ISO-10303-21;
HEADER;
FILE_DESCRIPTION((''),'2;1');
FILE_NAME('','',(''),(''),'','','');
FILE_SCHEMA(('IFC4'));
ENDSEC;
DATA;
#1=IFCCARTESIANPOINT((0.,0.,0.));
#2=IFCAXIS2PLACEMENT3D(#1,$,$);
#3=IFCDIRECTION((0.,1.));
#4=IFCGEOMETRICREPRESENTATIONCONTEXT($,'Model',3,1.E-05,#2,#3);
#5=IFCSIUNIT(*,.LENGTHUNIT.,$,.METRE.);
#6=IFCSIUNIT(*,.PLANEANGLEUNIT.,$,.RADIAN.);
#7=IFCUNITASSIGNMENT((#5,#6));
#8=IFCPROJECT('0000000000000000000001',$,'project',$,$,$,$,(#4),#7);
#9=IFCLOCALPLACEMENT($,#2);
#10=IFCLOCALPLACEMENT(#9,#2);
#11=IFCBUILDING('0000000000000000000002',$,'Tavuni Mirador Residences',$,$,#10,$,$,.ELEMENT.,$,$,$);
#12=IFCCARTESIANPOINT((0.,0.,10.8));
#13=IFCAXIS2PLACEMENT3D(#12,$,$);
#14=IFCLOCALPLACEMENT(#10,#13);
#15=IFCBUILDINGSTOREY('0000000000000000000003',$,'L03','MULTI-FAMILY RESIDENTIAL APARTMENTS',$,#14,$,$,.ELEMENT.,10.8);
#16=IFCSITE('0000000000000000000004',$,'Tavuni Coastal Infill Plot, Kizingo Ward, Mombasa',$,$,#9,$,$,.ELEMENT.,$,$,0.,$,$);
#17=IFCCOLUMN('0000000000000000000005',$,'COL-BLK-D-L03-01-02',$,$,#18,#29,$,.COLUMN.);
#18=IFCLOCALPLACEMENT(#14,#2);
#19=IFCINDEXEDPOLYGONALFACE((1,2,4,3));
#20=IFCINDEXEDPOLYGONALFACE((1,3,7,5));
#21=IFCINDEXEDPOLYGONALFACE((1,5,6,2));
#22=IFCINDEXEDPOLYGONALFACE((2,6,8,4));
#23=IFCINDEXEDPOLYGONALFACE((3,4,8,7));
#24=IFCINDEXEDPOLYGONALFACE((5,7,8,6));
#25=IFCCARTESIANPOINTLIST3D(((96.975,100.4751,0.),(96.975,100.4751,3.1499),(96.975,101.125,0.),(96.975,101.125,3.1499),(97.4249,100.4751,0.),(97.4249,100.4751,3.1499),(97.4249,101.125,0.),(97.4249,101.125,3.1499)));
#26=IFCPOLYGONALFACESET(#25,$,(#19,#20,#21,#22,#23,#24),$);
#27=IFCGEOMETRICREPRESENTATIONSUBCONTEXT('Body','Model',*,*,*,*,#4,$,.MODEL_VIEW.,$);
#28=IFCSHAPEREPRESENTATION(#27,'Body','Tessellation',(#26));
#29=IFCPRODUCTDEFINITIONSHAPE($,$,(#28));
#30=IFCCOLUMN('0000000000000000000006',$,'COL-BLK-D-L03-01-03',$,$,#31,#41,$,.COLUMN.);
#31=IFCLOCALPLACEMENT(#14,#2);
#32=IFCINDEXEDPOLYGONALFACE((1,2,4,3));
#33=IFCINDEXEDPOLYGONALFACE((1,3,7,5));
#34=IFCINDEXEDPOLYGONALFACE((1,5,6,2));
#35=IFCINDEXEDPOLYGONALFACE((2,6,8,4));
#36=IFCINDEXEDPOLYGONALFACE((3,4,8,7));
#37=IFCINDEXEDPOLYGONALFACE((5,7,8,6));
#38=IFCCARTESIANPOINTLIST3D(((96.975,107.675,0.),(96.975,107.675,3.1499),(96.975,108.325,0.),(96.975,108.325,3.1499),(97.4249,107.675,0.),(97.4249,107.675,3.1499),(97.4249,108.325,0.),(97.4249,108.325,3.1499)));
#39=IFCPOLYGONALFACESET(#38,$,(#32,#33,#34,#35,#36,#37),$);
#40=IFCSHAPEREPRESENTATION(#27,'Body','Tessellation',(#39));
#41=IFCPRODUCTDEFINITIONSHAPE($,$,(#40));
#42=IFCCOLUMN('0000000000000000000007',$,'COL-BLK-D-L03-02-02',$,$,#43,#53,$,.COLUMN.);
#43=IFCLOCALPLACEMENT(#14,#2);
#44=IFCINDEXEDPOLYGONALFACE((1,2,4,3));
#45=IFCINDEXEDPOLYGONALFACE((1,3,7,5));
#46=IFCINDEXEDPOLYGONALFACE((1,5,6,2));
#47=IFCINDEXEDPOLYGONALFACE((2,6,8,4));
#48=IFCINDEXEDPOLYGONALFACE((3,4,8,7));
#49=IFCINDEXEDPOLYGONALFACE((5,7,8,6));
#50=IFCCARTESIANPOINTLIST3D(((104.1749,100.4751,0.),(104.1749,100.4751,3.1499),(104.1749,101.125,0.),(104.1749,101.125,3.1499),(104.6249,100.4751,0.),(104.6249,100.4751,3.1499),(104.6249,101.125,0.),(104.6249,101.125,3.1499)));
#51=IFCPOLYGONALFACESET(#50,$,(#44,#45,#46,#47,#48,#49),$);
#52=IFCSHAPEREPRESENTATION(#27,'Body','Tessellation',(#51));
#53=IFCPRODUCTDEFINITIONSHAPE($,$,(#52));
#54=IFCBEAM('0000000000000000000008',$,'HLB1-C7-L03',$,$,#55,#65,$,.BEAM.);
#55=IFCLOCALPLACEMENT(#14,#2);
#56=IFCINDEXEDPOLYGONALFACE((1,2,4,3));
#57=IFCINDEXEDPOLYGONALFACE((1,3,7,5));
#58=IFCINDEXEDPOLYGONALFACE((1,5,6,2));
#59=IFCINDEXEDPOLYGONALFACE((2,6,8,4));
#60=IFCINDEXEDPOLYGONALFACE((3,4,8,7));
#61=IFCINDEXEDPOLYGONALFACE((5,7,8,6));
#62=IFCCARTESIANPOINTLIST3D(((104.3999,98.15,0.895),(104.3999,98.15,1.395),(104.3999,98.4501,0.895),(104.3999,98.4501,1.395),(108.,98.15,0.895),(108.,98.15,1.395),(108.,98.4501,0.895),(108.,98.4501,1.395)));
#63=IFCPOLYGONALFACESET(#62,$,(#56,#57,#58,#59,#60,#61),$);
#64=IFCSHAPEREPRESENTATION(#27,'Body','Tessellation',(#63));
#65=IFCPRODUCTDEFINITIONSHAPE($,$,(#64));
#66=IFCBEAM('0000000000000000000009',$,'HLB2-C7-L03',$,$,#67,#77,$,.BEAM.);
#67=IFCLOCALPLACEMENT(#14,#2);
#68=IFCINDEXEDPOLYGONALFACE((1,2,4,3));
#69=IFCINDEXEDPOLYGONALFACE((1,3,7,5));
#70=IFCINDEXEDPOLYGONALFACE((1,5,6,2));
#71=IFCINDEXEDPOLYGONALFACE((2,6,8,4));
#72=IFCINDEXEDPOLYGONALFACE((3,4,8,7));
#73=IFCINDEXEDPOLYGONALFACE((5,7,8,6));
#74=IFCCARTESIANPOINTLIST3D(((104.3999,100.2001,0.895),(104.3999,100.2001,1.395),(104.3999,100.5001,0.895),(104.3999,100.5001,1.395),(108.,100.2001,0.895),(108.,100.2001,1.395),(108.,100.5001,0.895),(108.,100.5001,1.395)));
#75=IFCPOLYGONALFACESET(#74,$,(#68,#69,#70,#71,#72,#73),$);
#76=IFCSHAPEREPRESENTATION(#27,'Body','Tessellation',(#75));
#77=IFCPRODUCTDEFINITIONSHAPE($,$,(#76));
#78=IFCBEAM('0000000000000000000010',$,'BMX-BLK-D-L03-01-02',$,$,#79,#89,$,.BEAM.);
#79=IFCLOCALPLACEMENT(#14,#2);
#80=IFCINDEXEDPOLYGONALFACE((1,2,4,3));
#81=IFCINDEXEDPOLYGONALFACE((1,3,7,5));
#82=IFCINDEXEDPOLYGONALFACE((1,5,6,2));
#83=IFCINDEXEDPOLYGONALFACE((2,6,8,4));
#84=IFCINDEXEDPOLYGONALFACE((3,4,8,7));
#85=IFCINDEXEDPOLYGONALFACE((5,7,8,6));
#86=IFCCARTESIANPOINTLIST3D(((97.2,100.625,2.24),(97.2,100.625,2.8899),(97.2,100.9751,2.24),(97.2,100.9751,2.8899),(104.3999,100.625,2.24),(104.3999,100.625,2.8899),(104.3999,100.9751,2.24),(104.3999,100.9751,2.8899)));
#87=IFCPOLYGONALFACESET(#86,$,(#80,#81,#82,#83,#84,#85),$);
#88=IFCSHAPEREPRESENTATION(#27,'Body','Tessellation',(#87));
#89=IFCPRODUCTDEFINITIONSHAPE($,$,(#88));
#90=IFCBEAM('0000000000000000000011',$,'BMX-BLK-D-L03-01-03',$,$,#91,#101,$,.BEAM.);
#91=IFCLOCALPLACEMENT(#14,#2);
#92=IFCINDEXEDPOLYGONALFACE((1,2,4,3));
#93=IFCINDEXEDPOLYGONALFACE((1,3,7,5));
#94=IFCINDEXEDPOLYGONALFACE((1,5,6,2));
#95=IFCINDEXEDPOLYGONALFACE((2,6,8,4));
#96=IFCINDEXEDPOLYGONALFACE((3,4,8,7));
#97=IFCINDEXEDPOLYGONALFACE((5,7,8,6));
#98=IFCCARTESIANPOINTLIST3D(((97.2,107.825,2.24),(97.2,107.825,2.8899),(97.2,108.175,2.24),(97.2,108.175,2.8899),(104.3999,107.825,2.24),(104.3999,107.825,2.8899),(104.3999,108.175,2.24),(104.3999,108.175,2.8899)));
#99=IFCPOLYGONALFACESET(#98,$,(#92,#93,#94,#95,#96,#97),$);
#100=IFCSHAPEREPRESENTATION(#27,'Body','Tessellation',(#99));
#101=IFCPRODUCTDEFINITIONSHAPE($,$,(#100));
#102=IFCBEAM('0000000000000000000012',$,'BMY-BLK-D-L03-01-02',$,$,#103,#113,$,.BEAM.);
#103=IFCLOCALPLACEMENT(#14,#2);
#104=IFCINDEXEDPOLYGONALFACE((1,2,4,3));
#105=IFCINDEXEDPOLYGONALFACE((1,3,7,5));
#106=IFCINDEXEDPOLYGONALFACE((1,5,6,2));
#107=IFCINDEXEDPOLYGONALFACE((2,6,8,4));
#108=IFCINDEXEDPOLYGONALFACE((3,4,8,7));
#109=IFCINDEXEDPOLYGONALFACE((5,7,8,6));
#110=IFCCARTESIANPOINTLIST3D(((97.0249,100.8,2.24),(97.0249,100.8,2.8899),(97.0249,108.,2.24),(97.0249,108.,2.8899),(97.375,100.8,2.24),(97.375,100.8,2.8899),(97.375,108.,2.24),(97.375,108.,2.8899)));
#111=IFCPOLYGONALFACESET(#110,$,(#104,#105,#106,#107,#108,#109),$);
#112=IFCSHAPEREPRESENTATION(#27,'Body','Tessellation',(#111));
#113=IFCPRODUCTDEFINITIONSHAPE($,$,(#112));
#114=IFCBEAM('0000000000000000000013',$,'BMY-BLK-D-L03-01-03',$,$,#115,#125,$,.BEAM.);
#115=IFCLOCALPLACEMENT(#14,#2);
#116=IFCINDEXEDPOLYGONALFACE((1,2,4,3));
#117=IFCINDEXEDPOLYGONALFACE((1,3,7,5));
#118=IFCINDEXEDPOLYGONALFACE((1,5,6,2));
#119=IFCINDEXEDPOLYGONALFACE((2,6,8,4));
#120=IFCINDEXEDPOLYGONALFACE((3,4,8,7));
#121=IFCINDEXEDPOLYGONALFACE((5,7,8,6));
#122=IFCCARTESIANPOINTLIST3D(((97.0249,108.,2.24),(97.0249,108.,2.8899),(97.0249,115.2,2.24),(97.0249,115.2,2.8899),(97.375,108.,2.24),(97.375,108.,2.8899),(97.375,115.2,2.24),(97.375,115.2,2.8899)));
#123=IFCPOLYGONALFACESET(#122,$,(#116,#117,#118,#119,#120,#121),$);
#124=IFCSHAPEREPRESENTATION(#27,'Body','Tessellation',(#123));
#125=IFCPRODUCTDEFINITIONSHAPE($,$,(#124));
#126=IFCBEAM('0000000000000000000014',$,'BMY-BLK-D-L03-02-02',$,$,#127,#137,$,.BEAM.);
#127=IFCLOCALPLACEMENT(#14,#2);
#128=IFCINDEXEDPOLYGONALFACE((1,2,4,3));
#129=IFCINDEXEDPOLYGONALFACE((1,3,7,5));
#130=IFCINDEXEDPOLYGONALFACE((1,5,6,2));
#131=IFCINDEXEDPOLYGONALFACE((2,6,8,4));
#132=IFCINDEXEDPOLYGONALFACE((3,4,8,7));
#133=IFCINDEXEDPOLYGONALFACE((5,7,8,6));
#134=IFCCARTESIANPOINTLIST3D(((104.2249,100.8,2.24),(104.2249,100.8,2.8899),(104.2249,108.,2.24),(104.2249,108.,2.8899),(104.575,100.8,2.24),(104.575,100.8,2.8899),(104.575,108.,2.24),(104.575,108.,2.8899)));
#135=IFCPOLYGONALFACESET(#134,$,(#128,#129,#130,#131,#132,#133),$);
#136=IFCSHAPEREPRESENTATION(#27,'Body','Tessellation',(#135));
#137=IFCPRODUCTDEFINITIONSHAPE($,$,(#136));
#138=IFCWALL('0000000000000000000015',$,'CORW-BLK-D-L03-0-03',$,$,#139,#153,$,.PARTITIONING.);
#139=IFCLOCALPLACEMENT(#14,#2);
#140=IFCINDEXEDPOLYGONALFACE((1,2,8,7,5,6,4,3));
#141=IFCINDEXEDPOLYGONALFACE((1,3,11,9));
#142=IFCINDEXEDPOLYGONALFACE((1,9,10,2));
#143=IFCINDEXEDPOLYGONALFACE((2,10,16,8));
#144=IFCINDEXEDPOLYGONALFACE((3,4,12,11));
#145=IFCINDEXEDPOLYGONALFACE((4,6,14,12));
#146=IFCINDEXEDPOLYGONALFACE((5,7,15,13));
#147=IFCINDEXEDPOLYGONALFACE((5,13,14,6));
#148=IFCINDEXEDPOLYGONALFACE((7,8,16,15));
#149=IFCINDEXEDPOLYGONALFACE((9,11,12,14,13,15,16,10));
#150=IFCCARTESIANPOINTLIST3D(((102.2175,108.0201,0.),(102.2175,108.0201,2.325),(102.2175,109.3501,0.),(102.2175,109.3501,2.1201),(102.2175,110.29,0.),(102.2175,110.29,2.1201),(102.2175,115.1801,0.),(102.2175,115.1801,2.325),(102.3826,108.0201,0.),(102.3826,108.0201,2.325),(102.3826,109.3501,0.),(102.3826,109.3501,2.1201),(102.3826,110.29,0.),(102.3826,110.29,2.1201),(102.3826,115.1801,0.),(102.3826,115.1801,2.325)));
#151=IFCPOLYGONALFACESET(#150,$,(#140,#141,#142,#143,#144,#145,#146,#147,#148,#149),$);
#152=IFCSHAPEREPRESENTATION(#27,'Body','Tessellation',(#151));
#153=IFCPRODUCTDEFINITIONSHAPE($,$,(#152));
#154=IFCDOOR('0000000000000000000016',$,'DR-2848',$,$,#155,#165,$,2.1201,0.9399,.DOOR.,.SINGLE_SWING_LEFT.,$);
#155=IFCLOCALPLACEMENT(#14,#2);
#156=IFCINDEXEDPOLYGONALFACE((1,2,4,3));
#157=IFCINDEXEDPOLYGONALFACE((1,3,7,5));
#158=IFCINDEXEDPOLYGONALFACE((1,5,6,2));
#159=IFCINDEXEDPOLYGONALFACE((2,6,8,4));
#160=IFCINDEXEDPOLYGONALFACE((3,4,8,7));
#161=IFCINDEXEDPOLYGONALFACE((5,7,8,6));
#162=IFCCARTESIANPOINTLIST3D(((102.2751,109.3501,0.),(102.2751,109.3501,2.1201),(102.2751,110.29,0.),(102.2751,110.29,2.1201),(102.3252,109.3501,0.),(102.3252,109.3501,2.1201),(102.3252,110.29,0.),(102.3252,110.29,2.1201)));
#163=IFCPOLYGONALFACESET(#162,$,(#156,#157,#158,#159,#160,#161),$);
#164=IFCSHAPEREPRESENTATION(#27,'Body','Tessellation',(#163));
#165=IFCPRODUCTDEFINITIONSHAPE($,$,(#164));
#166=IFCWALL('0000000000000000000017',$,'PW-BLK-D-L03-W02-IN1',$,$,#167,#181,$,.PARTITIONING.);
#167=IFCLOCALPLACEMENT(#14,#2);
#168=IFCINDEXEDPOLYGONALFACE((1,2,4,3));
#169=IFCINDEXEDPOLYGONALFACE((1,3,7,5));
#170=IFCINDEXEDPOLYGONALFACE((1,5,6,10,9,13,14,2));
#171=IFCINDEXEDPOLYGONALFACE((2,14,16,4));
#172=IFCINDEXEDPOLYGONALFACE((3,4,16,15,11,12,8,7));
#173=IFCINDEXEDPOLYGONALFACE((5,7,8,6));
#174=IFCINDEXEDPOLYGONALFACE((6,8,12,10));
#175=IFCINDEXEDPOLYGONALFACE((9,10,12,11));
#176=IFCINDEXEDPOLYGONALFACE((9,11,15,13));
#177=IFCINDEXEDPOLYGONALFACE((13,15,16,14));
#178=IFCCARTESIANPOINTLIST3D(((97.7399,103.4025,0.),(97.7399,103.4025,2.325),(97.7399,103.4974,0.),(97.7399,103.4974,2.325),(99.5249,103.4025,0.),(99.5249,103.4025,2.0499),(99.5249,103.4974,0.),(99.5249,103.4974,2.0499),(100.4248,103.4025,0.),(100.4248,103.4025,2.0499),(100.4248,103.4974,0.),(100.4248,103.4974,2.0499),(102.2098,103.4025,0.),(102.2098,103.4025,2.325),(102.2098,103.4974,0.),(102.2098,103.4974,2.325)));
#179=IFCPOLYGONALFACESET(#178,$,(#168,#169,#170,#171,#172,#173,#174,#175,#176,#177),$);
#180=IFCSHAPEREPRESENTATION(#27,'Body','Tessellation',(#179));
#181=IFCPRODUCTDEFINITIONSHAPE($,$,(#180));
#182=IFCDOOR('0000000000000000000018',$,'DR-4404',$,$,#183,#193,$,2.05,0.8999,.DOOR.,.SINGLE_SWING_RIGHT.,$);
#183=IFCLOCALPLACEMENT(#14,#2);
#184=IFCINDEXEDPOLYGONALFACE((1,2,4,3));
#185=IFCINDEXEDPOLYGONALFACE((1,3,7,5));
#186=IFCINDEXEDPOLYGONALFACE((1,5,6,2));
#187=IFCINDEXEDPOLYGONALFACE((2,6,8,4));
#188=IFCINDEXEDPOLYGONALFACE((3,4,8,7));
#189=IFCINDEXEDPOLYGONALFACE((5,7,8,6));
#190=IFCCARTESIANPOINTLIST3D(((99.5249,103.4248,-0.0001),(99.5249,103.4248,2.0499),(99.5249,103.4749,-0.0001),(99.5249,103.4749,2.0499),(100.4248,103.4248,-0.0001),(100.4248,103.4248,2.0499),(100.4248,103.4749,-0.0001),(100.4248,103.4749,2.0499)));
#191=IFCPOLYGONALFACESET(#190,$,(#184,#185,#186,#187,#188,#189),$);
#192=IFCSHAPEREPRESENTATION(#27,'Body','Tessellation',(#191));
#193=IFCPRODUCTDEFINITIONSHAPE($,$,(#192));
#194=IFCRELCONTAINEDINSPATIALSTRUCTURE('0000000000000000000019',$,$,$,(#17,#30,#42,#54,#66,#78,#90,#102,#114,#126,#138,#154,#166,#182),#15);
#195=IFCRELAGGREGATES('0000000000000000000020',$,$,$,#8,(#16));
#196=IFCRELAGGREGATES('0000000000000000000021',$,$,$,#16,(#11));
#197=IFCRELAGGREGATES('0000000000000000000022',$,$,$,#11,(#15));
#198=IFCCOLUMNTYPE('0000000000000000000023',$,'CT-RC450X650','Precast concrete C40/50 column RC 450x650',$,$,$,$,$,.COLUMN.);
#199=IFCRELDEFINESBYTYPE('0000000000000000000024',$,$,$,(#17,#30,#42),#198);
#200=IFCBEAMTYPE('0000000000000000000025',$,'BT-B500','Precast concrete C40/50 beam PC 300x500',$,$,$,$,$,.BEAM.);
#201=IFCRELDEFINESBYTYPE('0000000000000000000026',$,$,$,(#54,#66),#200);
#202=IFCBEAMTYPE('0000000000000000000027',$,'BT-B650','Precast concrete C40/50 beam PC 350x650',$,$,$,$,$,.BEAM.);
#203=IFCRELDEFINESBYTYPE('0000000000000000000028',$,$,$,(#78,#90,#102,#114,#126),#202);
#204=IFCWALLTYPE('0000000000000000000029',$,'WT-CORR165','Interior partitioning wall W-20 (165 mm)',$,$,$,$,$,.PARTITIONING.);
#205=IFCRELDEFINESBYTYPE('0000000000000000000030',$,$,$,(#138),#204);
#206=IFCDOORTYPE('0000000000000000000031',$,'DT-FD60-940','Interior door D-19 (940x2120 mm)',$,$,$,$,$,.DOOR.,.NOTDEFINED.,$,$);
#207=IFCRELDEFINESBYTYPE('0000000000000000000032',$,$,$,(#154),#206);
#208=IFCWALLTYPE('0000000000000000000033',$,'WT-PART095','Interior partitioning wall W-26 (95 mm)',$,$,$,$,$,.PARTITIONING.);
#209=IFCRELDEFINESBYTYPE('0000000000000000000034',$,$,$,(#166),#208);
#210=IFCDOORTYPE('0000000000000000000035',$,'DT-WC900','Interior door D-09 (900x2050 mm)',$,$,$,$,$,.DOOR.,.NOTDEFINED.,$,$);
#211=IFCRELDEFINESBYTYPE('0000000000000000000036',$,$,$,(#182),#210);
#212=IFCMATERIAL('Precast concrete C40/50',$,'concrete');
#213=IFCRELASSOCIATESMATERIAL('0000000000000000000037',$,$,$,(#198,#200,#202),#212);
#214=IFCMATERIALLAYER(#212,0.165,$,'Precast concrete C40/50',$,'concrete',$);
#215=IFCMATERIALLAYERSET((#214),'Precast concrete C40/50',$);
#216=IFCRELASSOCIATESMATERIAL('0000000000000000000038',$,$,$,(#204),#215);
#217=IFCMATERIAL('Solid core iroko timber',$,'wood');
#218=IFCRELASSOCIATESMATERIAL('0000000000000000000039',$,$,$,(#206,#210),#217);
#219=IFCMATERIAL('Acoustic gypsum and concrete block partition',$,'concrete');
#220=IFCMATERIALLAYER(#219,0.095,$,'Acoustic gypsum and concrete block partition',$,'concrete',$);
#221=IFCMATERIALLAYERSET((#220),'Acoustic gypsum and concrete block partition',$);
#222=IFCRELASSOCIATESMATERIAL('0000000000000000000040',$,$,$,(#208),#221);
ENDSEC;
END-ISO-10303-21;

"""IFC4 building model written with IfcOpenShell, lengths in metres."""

from ifc_helpers import new_model, si_unit, direction, frame, frame_2d, origin, origin_2d, place, context, subcontext, project, spatial, rectangle, extrude, material, layer, layer_set, material_profile, profile_set, type_object, element, fill, save


model = new_model("IFC4")

# Units and contexts
model_context = context("Model", 3, precision=1e-05, world=origin(), true_north=direction((0.0, 1.0)))
body_context = subcontext(model_context, "Body", "Model", "MODEL_VIEW")
ifc_project = project(units=[si_unit("LENGTHUNIT", "METRE"), si_unit("PLANEANGLEUNIT", "RADIAN")], contexts=[model_context])

# Site, building, storey
site_placement = place(None, origin())
site = spatial("IfcSite", under=ifc_project, at=site_placement, Name="Tavuni Coastal Infill Plot, Kizingo Ward, Mombasa", CompositionType="ELEMENT", RefElevation=0.0)
building_placement = place(site_placement, origin())
building = spatial("IfcBuilding", under=site, at=building_placement, Name="Tavuni Mirador Residences", CompositionType="ELEMENT")
storey_placement = place(building_placement, frame((0.0, 0.0, 10.8)))
storey = spatial("IfcBuildingStorey", under=building, at=storey_placement, Name="L03", Description="MULTI-FAMILY RESIDENTIAL APARTMENTS", CompositionType="ELEMENT", Elevation=10.8)

# Columns
ifc_material_1 = material(Name="Precast concrete C40/50", Category="concrete")
ifc_material_profile_1 = material_profile(ifc_material_1, rectangle(XDim=0.45, YDim=0.6499, at=origin_2d()), Name="RC 450x650", Category="concrete")
ifc_profile_set_1 = profile_set([ifc_material_profile_1], Name="Precast concrete C40/50")
column_type = type_object("IfcColumnType", Name="CT-RC450X650", Description="Precast concrete C40/50 column RC 450x650", PredefinedType="COLUMN", material=ifc_profile_set_1)
for number, where, z_axis, x_axis, name in (
    (1, (97.2, 100.8, 0.0), (0.0, 0.0, 1.0), (1.0, 0.0, 0.0), "COL-BLK-D-L03-01-02"),
    (2, (97.2, 108.0, 0.0), (0.0, 0.0, 1.0), (1.0, 0.0, 0.0), "COL-BLK-D-L03-01-03"),
    (3, (104.3999, 100.8, 0.0), (0.0, 0.0, 1.0), (1.0, 0.0, 0.0), "COL-BLK-D-L03-02-02"),
):
    element("IfcColumn", number, at=place(storey_placement, frame(where, z_axis=z_axis, x_axis=x_axis)), inside=storey, type_object=column_type, Name=name, PredefinedType="COLUMN", context=body_context, shape_type="SweptSolid", body=[
        extrude(rectangle(XDim=0.45, YDim=0.6499, at=origin_2d()), origin(), (0.0, 0.0, 1.0), 3.1499),
    ])

# Beams
ifc_material_profile_2 = material_profile(ifc_material_1, rectangle(XDim=0.3, YDim=0.5, at=origin_2d()), Name="PC 300x500", Category="concrete")
ifc_profile_set_2 = profile_set([ifc_material_profile_2], Name="Precast concrete C40/50")
beam_type_1 = type_object("IfcBeamType", Name="BT-B500", Description="Precast concrete C40/50 beam PC 300x500", PredefinedType="BEAM", material=ifc_profile_set_2)
for number, where, z_axis, x_axis, name in (
    (4, (104.3999, 98.3, 1.145), (1.0, 0.0, 0.0), (0.0, 1.0, 0.0), "HLB1-C7-L03"),
    (5, (104.3999, 100.3501, 1.145), (1.0, 0.0, 0.0), (0.0, 1.0, 0.0), "HLB2-C7-L03"),
):
    element("IfcBeam", number, at=place(storey_placement, frame(where, z_axis=z_axis, x_axis=x_axis)), inside=storey, type_object=beam_type_1, Name=name, PredefinedType="BEAM", context=body_context, shape_type="SweptSolid", body=[
        extrude(rectangle(XDim=0.3, YDim=0.5, at=origin_2d()), origin(), (0.0, 0.0, 1.0), 3.6001),
    ])
ifc_material_profile_3 = material_profile(ifc_material_1, rectangle(XDim=0.3501, YDim=0.6499, at=origin_2d()), Name="PC 350x650", Category="concrete")
ifc_profile_set_3 = profile_set([ifc_material_profile_3], Name="Precast concrete C40/50")
beam_type_2 = type_object("IfcBeamType", Name="BT-B650", Description="Precast concrete C40/50 beam PC 350x650", PredefinedType="BEAM", material=ifc_profile_set_3)
for number, where, z_axis, x_axis, name in (
    (6, (97.2, 100.8, 2.5649), (1.0, 0.0, 0.0), (0.0, 1.0, 0.0), "BMX-BLK-D-L03-01-02"),
    (7, (97.2, 108.0, 2.5649), (1.0, 0.0, 0.0), (0.0, 1.0, 0.0), "BMX-BLK-D-L03-01-03"),
    (8, (97.2, 100.8, 2.5649), (0.0, 1.0, 0.0), (-1.0, 0.0, 0.0), "BMY-BLK-D-L03-01-02"),
    (9, (97.2, 108.0, 2.5649), (0.0, 1.0, 0.0), (-1.0, 0.0, 0.0), "BMY-BLK-D-L03-01-03"),
    (10, (104.3999, 100.8, 2.5649), (0.0, 1.0, 0.0), (-1.0, 0.0, 0.0), "BMY-BLK-D-L03-02-02"),
):
    element("IfcBeam", number, at=place(storey_placement, frame(where, z_axis=z_axis, x_axis=x_axis)), inside=storey, type_object=beam_type_2, Name=name, PredefinedType="BEAM", context=body_context, shape_type="SweptSolid", body=[
        extrude(rectangle(XDim=0.3501, YDim=0.6499, at=origin_2d()), origin(), (0.0, 0.0, 1.0), 7.2),
    ])

# Walls, openings, doors
ifc_layer_1 = layer(ifc_material_1, 0.165, Name="Precast concrete C40/50", Category="concrete")
ifc_layer_set_1 = layer_set([ifc_layer_1], Name="Precast concrete C40/50")
wall_type_1 = type_object("IfcWallType", Name="WT-CORR165", Description="Interior partitioning wall W-20 (165 mm)", PredefinedType="PARTITIONING", material=ifc_layer_set_1)
ifc_material_2 = material(Name="Solid core iroko timber", Category="wood")
wall_1_placement = place(storey_placement, frame((102.3, 108.02, 0.0), z_axis=(0.0, 0.0, 1.0), x_axis=(0.0, 1.0, 0.0)))
wall_1 = element("IfcWall", 11, at=wall_1_placement, inside=storey, type_object=wall_type_1, Name="CORW-BLK-D-L03-0-03", PredefinedType="PARTITIONING", context=body_context, shape_type="SweptSolid", body=[
    extrude(rectangle(XDim=7.1599, YDim=0.165, at=frame_2d((3.5801, 0.0))), origin(), (0.0, 0.0, 1.0), 2.325),
])
opening_1_placement = place(wall_1_placement, frame((1.3301, 0.0, 0.0)))
opening_1 = element("IfcOpeningElement", 12, at=opening_1_placement, cuts=wall_1, PredefinedType="OPENING", context=body_context, shape_type="SweptSolid", body=[
    extrude(rectangle(XDim=0.9399, YDim=2.1201, at=frame_2d((0.47, 1.0601))), frame((0.0, 0.0925, 0.0), z_axis=(0.0, -1.0, 0.0), x_axis=(1.0, 0.0, 0.0)), (0.0, 0.0, 1.0), 0.1851),
])
door_type_1 = type_object("IfcDoorType", Name="DT-FD60-940", Description="Interior door D-19 (940x2120 mm)", OperationType="NOTDEFINED", PredefinedType="DOOR", material=ifc_material_2)
door_1_placement = place(opening_1_placement, origin())
door_1 = element("IfcDoor", 13, at=door_1_placement, inside=storey, type_object=door_type_1, Name="DR-2848", OperationType="SINGLE_SWING_LEFT", OverallHeight=2.1201, OverallWidth=0.9399, PredefinedType="DOOR", context=body_context, shape_type="SweptSolid", body=[
    extrude(rectangle(XDim=0.9399, YDim=2.1201, at=frame_2d((0.47, 1.0601))), frame((0.0, 0.0249, 0.0), z_axis=(0.0, -1.0, 0.0), x_axis=(1.0, 0.0, 0.0)), (0.0, 0.0, 1.0), 0.05),
])
fill(opening_1, door_1)
ifc_material_3 = material(Name="Acoustic gypsum and concrete block partition", Category="concrete")
ifc_layer_2 = layer(ifc_material_3, 0.095, Name="Acoustic gypsum and concrete block partition", Category="concrete")
ifc_layer_set_2 = layer_set([ifc_layer_2], Name="Acoustic gypsum and concrete block partition")
wall_type_2 = type_object("IfcWallType", Name="WT-PART095", Description="Interior partitioning wall W-26 (95 mm)", PredefinedType="PARTITIONING", material=ifc_layer_set_2)
wall_2_placement = place(storey_placement, frame((97.74, 103.45, 0.0), z_axis=(0.0, 0.0, 1.0), x_axis=(1.0, 0.0, 0.0)))
wall_2 = element("IfcWall", 14, at=wall_2_placement, inside=storey, type_object=wall_type_2, Name="PW-BLK-D-L03-W02-IN1", PredefinedType="PARTITIONING", context=body_context, shape_type="SweptSolid", body=[
    extrude(rectangle(XDim=4.47, YDim=0.095, at=frame_2d((2.2349, 0.0))), origin(), (0.0, 0.0, 1.0), 2.325),
])
opening_2_placement = place(wall_2_placement, frame((1.7849, 0.0, 0.0)))
opening_2 = element("IfcOpeningElement", 15, at=opening_2_placement, cuts=wall_2, PredefinedType="OPENING", context=body_context, shape_type="SweptSolid", body=[
    extrude(rectangle(XDim=0.8999, YDim=2.05, at=frame_2d((0.45, 1.0249))), frame((0.0, 0.0576, 0.0), z_axis=(0.0, -1.0, 0.0), x_axis=(1.0, 0.0, 0.0)), (0.0, 0.0, 1.0), 0.115),
])
door_type_2 = type_object("IfcDoorType", Name="DT-WC900", Description="Interior door D-09 (900x2050 mm)", OperationType="NOTDEFINED", PredefinedType="DOOR", material=ifc_material_2)
door_2_placement = place(opening_2_placement, origin())
door_2 = element("IfcDoor", 16, at=door_2_placement, inside=storey, type_object=door_type_2, Name="DR-4404", OperationType="SINGLE_SWING_RIGHT", OverallHeight=2.05, OverallWidth=0.8999, PredefinedType="DOOR", context=body_context, shape_type="SweptSolid", body=[
    extrude(rectangle(XDim=0.8999, YDim=2.05, at=frame_2d((0.45, 1.0249))), frame((0.0, 0.0249, 0.0), z_axis=(0.0, -1.0, 0.0), x_axis=(1.0, 0.0, 0.0)), (0.0, 0.0, 1.0), 0.05),
])
fill(opening_2, door_2)

save(model, "model.ifc")
